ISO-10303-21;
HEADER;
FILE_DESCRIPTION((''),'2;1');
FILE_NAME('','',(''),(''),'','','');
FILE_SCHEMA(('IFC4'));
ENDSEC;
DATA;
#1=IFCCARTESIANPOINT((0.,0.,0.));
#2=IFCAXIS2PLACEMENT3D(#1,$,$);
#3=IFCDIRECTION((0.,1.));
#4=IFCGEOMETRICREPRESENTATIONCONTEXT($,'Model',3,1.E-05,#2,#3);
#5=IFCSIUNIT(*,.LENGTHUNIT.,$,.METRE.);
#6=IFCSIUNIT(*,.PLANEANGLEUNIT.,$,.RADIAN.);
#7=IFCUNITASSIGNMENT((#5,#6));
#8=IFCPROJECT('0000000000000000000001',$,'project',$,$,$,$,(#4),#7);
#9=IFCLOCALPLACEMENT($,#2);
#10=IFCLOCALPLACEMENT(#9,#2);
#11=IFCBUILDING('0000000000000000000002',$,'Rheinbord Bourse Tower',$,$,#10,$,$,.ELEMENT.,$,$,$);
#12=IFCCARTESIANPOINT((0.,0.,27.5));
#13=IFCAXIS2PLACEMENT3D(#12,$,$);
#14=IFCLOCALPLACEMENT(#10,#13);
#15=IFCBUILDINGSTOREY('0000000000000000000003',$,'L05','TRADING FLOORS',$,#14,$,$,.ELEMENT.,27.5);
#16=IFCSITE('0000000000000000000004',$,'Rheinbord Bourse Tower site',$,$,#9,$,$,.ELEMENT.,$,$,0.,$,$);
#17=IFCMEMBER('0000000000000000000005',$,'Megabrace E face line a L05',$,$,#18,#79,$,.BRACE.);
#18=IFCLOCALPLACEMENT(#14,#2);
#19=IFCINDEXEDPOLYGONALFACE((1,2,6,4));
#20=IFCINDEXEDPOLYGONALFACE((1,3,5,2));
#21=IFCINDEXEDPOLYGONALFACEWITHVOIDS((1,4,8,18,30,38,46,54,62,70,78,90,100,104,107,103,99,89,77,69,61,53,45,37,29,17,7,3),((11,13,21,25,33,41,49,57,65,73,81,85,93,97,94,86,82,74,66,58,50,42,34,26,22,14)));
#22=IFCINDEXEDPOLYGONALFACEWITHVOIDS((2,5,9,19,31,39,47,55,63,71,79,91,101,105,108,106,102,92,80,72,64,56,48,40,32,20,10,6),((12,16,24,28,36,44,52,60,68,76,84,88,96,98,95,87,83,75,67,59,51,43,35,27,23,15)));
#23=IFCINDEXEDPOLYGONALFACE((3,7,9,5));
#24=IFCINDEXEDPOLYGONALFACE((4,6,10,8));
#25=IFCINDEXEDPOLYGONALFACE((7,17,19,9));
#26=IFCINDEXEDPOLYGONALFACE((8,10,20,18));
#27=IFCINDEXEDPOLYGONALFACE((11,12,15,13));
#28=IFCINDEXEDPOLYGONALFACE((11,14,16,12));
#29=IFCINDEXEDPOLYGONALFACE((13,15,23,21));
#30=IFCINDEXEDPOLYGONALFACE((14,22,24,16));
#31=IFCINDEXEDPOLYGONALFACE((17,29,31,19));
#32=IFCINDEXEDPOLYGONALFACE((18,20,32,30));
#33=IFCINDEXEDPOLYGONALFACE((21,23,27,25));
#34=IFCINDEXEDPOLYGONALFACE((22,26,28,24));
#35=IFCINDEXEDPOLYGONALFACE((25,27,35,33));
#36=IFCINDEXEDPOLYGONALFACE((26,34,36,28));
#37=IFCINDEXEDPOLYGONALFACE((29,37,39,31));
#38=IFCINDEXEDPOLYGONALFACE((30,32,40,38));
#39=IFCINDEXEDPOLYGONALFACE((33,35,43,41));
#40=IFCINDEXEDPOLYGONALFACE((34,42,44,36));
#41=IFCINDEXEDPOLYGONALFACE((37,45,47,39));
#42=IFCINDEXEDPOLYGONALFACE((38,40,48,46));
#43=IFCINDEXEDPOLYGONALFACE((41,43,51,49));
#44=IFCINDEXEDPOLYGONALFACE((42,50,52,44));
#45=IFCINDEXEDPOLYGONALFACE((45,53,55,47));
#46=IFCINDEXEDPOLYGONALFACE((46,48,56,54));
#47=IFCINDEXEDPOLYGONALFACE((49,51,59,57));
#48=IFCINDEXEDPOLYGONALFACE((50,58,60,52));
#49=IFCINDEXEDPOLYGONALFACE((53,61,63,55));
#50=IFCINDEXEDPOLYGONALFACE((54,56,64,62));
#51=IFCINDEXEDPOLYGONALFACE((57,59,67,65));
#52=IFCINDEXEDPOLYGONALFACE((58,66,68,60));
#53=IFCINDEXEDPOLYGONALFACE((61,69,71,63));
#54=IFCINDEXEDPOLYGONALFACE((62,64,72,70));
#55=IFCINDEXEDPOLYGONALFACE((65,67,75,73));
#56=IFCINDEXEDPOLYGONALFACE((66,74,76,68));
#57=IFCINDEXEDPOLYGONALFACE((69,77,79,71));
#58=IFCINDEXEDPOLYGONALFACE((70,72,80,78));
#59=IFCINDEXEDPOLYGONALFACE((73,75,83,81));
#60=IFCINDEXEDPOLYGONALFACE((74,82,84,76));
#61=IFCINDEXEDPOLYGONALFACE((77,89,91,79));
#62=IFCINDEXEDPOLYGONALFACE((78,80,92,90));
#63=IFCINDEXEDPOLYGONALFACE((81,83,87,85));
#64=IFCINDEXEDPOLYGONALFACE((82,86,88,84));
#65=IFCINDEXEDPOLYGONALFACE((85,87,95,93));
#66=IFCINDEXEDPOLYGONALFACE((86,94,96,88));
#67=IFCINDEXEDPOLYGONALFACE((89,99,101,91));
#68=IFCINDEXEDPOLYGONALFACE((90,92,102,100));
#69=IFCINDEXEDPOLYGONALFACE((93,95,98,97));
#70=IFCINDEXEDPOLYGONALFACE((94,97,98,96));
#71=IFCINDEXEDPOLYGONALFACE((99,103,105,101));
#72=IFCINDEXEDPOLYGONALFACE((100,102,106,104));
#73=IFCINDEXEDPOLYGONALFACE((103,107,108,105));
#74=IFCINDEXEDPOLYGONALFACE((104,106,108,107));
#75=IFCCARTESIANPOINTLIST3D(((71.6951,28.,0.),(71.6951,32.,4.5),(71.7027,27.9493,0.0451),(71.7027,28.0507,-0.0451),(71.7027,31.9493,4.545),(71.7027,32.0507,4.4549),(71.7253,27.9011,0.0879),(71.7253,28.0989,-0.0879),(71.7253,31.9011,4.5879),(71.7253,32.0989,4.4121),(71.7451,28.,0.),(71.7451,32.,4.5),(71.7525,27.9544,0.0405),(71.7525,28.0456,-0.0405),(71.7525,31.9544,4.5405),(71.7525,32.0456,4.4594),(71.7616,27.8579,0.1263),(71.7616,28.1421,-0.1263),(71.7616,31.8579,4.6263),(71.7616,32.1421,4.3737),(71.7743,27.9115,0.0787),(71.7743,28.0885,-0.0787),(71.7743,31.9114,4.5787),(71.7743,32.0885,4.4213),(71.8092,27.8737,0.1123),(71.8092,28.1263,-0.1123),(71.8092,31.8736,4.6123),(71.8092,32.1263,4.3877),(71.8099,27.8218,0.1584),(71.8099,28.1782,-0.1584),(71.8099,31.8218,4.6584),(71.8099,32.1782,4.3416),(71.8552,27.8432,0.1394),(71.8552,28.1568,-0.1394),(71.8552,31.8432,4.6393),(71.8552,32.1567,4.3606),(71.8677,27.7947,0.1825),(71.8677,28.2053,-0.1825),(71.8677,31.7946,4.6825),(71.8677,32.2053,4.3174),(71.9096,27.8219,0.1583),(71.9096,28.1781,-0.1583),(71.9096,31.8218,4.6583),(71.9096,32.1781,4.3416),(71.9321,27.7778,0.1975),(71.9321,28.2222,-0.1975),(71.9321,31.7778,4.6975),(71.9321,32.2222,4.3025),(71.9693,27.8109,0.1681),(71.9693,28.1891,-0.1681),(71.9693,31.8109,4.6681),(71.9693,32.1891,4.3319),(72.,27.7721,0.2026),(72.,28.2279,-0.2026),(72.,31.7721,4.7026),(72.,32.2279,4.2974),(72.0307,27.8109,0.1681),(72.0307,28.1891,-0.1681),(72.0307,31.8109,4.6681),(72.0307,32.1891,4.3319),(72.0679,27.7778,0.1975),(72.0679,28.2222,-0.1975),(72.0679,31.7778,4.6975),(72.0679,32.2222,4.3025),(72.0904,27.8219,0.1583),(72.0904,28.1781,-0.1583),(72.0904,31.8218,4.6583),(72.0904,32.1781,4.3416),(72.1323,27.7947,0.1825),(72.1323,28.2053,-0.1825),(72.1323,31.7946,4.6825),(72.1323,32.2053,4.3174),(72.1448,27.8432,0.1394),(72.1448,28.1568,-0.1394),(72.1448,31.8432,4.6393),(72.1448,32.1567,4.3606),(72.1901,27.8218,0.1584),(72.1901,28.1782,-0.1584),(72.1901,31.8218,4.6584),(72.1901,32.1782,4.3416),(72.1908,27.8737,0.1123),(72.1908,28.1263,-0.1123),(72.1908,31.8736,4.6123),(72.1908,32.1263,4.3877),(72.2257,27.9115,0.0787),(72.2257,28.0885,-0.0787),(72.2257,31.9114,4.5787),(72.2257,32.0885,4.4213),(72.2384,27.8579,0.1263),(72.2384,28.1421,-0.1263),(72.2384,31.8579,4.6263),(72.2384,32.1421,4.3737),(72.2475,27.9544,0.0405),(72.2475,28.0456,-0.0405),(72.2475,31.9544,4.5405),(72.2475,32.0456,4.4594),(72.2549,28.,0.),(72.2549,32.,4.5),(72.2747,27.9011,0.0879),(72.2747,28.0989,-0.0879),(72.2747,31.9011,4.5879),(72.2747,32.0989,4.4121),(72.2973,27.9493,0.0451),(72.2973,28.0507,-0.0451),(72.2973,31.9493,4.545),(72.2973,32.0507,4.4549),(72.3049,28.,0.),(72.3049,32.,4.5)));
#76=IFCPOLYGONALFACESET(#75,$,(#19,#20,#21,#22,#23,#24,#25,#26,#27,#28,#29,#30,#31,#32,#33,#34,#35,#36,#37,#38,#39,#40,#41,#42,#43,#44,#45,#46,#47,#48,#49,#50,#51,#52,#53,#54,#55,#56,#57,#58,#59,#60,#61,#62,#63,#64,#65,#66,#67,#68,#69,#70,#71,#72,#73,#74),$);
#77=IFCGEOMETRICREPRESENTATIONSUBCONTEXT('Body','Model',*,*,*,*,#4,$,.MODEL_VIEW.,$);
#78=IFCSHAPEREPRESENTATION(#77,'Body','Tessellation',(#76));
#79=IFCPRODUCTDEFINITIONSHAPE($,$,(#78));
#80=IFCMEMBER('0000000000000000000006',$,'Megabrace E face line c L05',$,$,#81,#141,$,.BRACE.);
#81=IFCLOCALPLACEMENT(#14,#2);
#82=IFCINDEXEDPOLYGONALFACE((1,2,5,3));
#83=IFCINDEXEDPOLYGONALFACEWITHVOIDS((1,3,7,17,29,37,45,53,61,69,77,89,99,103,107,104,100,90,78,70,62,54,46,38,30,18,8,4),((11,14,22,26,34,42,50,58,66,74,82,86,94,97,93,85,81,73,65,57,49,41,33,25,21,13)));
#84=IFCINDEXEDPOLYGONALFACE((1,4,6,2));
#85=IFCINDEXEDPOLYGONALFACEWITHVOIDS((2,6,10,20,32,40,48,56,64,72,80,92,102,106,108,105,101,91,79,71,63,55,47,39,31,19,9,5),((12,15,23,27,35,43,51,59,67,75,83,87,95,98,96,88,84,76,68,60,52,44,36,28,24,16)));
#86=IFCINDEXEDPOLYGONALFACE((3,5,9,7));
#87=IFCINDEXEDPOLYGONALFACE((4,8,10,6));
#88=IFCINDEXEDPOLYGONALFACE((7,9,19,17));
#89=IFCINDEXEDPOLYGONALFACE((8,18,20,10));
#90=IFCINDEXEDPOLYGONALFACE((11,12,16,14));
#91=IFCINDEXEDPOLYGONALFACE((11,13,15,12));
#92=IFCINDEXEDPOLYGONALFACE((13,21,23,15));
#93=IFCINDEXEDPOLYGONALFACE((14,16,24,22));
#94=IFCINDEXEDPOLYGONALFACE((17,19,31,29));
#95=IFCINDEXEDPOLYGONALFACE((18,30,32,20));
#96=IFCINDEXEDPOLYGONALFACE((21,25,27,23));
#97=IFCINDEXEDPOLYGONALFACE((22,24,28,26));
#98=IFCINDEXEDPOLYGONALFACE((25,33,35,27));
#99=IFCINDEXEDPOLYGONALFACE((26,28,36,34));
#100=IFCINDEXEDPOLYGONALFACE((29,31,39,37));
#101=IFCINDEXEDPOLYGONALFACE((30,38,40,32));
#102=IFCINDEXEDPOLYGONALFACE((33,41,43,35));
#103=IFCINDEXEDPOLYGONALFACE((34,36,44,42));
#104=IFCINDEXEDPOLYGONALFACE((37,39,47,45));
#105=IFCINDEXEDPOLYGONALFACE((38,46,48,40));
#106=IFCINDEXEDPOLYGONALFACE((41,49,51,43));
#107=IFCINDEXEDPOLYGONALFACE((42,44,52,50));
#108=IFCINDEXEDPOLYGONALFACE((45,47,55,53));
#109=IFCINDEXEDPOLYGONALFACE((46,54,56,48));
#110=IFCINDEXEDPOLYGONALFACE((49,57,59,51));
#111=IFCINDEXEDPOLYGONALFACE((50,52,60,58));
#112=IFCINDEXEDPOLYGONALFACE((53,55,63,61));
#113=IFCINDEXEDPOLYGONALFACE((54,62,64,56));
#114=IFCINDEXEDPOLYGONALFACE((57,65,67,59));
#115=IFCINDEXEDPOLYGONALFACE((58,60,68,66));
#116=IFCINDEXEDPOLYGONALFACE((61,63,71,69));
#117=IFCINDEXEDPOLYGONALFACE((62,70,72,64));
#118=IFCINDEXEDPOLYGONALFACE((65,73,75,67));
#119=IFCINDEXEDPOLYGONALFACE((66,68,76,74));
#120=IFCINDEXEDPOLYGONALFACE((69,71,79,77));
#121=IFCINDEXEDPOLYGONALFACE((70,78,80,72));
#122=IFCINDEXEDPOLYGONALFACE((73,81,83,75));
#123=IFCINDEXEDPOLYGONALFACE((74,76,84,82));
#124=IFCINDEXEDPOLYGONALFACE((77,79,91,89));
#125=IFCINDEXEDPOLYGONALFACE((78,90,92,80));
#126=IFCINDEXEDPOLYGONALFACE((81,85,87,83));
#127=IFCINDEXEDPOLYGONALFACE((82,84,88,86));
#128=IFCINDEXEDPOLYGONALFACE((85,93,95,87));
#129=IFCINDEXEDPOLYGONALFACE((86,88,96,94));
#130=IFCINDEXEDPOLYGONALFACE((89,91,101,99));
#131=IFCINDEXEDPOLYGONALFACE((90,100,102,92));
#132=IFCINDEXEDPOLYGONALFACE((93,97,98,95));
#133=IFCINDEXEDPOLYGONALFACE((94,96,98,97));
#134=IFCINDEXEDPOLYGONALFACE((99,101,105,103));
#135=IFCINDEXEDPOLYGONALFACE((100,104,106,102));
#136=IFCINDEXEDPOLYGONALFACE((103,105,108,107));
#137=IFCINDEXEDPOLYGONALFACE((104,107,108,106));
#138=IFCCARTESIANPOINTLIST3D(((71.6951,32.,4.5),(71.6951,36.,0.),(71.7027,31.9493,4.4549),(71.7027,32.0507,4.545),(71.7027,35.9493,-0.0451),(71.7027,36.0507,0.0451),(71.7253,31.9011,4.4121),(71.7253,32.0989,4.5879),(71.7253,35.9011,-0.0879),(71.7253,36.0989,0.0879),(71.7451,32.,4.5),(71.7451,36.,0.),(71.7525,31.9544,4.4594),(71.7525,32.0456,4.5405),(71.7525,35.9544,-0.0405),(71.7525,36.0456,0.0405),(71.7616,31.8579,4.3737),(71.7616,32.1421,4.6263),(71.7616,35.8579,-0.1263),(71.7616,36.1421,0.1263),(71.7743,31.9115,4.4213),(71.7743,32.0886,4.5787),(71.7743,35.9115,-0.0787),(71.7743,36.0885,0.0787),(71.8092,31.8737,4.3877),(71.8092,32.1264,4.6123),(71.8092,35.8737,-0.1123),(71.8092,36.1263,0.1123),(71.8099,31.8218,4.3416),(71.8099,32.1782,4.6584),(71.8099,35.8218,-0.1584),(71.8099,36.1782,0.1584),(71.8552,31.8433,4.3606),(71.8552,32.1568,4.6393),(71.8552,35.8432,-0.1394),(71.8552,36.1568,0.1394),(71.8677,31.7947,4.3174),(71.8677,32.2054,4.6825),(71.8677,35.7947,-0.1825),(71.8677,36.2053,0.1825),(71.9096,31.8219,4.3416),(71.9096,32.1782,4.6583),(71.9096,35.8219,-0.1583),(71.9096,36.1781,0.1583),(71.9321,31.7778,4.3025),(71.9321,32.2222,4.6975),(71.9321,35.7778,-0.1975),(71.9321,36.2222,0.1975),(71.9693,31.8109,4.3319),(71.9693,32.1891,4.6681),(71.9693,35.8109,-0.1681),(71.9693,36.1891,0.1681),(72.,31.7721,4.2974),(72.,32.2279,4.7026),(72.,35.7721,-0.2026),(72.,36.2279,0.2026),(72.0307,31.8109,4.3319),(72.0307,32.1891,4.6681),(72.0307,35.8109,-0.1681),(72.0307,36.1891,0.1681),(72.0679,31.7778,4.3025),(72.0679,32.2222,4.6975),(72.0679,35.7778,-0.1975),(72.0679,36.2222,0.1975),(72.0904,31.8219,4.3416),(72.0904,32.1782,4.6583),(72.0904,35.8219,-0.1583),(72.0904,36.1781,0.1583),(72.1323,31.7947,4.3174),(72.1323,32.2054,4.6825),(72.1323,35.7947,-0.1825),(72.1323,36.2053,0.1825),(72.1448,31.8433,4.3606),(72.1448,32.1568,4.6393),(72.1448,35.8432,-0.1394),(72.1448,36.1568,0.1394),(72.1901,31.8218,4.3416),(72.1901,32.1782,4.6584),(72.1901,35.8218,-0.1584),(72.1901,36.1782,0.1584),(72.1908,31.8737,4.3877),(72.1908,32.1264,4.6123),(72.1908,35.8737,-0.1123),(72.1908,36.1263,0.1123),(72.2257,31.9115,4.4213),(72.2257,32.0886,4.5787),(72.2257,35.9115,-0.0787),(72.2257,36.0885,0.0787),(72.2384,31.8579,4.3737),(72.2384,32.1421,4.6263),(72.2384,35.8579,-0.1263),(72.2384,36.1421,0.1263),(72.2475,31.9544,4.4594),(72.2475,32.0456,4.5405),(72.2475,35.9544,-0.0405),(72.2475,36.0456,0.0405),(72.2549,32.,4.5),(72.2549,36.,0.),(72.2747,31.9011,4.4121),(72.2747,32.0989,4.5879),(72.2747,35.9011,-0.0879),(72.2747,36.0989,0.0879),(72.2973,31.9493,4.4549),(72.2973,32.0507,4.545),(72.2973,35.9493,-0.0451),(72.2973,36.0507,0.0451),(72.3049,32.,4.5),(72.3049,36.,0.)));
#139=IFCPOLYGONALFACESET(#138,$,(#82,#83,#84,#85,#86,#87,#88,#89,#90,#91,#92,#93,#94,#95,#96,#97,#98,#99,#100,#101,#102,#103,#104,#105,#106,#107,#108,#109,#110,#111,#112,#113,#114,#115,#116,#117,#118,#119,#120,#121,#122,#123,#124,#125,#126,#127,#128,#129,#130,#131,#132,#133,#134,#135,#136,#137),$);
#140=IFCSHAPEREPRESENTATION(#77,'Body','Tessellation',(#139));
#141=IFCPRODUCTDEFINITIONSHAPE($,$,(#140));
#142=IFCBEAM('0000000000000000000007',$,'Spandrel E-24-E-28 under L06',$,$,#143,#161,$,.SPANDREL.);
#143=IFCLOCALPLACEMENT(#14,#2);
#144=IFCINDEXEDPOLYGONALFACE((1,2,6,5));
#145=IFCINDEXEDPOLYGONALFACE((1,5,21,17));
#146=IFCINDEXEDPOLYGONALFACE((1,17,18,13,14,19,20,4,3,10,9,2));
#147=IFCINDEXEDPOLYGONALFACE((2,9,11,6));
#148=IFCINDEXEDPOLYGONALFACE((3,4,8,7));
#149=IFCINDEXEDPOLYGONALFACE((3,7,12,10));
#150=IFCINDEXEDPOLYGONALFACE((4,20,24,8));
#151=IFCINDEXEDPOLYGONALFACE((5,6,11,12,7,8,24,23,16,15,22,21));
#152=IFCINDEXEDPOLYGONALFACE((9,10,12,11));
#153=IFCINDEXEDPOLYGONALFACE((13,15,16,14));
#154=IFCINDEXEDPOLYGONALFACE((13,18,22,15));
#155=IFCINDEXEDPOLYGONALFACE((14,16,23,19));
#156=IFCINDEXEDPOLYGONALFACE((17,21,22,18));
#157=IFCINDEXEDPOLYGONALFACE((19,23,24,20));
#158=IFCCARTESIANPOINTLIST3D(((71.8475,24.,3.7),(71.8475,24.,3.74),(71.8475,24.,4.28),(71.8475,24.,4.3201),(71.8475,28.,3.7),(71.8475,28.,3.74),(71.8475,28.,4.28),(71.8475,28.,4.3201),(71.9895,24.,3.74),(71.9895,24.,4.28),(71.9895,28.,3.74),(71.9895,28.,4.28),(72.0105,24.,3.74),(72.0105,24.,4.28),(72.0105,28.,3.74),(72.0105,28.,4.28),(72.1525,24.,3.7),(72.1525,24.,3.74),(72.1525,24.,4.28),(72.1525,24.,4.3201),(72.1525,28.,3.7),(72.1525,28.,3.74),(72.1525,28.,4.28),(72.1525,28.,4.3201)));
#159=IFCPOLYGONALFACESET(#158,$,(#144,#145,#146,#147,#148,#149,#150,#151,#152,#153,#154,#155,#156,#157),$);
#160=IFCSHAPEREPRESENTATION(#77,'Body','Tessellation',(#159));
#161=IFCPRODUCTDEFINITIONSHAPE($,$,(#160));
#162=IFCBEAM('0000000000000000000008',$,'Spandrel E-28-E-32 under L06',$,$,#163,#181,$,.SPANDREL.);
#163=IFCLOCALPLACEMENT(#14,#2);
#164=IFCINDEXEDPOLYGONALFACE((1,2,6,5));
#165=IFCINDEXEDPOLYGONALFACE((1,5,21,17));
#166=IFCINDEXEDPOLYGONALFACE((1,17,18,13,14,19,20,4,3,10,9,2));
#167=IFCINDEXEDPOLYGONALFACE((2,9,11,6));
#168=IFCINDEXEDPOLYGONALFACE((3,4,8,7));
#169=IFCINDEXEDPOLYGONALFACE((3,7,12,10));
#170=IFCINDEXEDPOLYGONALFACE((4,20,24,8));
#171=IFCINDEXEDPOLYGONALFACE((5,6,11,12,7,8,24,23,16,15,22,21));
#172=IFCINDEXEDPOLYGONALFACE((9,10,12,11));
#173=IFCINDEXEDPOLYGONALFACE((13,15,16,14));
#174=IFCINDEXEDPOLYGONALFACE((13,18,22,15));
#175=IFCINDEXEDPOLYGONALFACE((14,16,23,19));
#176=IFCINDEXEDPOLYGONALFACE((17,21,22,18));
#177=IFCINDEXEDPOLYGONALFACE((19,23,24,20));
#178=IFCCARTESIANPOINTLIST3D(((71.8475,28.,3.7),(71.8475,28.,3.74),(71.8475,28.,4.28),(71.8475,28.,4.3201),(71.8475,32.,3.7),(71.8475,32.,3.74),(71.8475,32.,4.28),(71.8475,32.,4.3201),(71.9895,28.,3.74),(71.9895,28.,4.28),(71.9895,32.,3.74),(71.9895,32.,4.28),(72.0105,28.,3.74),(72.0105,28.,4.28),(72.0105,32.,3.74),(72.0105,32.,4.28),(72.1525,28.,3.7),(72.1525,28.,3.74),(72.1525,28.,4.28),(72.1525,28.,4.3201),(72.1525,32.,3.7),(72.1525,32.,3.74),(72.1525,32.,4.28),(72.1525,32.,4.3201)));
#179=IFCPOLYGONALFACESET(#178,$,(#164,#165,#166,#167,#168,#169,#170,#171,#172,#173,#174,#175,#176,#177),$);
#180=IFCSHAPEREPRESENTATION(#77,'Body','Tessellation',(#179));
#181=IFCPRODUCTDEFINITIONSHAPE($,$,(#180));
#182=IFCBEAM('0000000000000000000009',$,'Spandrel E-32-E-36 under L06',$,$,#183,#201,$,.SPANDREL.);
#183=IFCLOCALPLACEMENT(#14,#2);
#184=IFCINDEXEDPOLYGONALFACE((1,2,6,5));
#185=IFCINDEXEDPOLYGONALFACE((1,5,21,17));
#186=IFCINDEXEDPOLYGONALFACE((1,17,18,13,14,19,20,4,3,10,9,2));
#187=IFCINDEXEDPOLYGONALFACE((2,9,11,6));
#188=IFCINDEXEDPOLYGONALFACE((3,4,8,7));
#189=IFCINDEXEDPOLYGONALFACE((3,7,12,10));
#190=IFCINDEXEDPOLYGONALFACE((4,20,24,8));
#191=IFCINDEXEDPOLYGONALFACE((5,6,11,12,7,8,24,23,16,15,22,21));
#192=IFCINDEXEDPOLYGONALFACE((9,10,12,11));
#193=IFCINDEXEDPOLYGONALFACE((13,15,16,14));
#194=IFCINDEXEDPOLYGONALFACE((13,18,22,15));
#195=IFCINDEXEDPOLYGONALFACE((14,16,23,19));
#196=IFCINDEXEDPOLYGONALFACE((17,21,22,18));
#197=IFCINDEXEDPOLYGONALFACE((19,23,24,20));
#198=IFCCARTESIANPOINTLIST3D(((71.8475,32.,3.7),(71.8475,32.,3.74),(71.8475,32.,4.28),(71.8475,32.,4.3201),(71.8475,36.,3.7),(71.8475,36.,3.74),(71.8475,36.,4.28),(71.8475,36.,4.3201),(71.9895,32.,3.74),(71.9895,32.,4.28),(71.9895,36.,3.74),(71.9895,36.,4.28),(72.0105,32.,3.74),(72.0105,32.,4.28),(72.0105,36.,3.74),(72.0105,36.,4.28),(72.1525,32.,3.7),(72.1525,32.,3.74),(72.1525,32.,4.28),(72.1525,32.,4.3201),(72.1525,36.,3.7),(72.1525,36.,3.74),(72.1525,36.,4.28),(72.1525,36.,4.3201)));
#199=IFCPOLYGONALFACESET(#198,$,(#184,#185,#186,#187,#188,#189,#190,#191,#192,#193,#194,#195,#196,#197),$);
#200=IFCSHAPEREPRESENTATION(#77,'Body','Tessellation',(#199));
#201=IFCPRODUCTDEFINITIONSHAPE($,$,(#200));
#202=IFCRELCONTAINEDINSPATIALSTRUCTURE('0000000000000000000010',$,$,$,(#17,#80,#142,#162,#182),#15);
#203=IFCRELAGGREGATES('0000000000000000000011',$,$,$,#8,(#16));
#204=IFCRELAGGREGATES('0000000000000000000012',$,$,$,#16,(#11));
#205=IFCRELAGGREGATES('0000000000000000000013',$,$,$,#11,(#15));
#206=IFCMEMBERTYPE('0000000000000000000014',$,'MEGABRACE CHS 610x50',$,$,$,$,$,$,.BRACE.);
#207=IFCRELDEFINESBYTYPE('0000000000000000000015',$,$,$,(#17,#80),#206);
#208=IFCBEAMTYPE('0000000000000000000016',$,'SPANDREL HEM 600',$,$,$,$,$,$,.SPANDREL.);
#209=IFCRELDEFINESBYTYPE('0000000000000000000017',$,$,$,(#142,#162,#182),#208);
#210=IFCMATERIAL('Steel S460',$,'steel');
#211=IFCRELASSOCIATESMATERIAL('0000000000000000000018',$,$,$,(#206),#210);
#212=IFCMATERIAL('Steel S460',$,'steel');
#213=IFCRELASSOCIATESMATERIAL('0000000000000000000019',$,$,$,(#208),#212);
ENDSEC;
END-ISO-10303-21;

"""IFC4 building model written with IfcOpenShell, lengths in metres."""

from ifc_helpers import new_model, si_unit, direction, frame, origin, origin_2d, place, context, subcontext, project, spatial, hollow_circle, i_section, extrude, material, material_profile, profile_set, type_object, element, save


model = new_model("IFC4")

# Units and contexts
model_context = context("Model", 3, precision=1e-05, world=origin(), true_north=direction((0.0, 1.0)))
body_context = subcontext(model_context, "Body", "Model", "MODEL_VIEW")
ifc_project = project(units=[si_unit("LENGTHUNIT", "METRE"), si_unit("PLANEANGLEUNIT", "RADIAN")], contexts=[model_context])

# Site, building, storey
site_placement = place(None, origin())
site = spatial("IfcSite", under=ifc_project, at=site_placement, Name="Rheinbord Bourse Tower site", CompositionType="ELEMENT", RefElevation=0.0)
building_placement = place(site_placement, origin())
building = spatial("IfcBuilding", under=site, at=building_placement, Name="Rheinbord Bourse Tower", CompositionType="ELEMENT")
storey_placement = place(building_placement, frame((0.0, 0.0, 27.5)))
storey = spatial("IfcBuildingStorey", under=building, at=storey_placement, Name="L05", Description="TRADING FLOORS", CompositionType="ELEMENT", Elevation=27.5)

# Members
ifc_material_1 = material(Name="Steel S460", Category="steel")
ifc_material_profile_1 = material_profile(ifc_material_1, hollow_circle(Radius=0.3049, WallThickness=0.05, at=origin_2d()), Name="CHS 610x50")
ifc_profile_set_1 = profile_set([ifc_material_profile_1], Name="Steel S460")
member_type_1 = type_object("IfcMemberType", Name="MEGABRACE CHS 610x50", PredefinedType="BRACE", material=ifc_profile_set_1)
for number, where, z_axis, x_axis, name in (
    (1, (72.0, 28.0, 0.0), (0.0, 0.664364, 0.747409), (-1.0, 0.0, 0.0), "Megabrace E face line a L05"),
    (2, (72.0, 36.0, 0.0), (0.0, -0.664364, 0.747409), (1.0, 0.0, 0.0), "Megabrace E face line c L05"),
):
    element("IfcMember", number, at=place(storey_placement, frame(where, z_axis=z_axis, x_axis=x_axis)), inside=storey, type_object=member_type_1, Name=name, PredefinedType="BRACE", context=body_context, shape_type="SweptSolid", body=[
        extrude(hollow_circle(Radius=0.3049, WallThickness=0.05, at=origin_2d()), origin(), (0.0, 0.0, 1.0), 6.0208),
    ])

# Beams
ifc_material_2 = material(Name="Steel S460", Category="steel")
ifc_material_profile_2 = material_profile(ifc_material_2, i_section(OverallWidth=0.3049, OverallDepth=0.6201, WebThickness=0.021, FlangeThickness=0.04, at=origin_2d()), Name="HEM 600")
ifc_profile_set_2 = profile_set([ifc_material_profile_2], Name="Steel S460")
beam_type_1 = type_object("IfcBeamType", Name="SPANDREL HEM 600", PredefinedType="SPANDREL", material=ifc_profile_set_2)
for number, where, z_axis, x_axis, name in (
    (3, (72.0, 24.0, 4.01), (0.0, 1.0, 0.0), (-1.0, 0.0, 0.0), "Spandrel E-24-E-28 under L06"),
    (4, (72.0, 28.0, 4.01), (0.0, 1.0, 0.0), (-1.0, 0.0, 0.0), "Spandrel E-28-E-32 under L06"),
    (5, (72.0, 32.0, 4.01), (0.0, 1.0, 0.0), (-1.0, 0.0, 0.0), "Spandrel E-32-E-36 under L06"),
):
    element("IfcBeam", number, at=place(storey_placement, frame(where, z_axis=z_axis, x_axis=x_axis)), inside=storey, type_object=beam_type_1, Name=name, PredefinedType="SPANDREL", context=body_context, shape_type="SweptSolid", body=[
        extrude(i_section(OverallWidth=0.3049, OverallDepth=0.6201, WebThickness=0.021, FlangeThickness=0.04, at=origin_2d()), origin(), (0.0, 0.0, 1.0), 4.0),
    ])

save(model, "model.ifc")
